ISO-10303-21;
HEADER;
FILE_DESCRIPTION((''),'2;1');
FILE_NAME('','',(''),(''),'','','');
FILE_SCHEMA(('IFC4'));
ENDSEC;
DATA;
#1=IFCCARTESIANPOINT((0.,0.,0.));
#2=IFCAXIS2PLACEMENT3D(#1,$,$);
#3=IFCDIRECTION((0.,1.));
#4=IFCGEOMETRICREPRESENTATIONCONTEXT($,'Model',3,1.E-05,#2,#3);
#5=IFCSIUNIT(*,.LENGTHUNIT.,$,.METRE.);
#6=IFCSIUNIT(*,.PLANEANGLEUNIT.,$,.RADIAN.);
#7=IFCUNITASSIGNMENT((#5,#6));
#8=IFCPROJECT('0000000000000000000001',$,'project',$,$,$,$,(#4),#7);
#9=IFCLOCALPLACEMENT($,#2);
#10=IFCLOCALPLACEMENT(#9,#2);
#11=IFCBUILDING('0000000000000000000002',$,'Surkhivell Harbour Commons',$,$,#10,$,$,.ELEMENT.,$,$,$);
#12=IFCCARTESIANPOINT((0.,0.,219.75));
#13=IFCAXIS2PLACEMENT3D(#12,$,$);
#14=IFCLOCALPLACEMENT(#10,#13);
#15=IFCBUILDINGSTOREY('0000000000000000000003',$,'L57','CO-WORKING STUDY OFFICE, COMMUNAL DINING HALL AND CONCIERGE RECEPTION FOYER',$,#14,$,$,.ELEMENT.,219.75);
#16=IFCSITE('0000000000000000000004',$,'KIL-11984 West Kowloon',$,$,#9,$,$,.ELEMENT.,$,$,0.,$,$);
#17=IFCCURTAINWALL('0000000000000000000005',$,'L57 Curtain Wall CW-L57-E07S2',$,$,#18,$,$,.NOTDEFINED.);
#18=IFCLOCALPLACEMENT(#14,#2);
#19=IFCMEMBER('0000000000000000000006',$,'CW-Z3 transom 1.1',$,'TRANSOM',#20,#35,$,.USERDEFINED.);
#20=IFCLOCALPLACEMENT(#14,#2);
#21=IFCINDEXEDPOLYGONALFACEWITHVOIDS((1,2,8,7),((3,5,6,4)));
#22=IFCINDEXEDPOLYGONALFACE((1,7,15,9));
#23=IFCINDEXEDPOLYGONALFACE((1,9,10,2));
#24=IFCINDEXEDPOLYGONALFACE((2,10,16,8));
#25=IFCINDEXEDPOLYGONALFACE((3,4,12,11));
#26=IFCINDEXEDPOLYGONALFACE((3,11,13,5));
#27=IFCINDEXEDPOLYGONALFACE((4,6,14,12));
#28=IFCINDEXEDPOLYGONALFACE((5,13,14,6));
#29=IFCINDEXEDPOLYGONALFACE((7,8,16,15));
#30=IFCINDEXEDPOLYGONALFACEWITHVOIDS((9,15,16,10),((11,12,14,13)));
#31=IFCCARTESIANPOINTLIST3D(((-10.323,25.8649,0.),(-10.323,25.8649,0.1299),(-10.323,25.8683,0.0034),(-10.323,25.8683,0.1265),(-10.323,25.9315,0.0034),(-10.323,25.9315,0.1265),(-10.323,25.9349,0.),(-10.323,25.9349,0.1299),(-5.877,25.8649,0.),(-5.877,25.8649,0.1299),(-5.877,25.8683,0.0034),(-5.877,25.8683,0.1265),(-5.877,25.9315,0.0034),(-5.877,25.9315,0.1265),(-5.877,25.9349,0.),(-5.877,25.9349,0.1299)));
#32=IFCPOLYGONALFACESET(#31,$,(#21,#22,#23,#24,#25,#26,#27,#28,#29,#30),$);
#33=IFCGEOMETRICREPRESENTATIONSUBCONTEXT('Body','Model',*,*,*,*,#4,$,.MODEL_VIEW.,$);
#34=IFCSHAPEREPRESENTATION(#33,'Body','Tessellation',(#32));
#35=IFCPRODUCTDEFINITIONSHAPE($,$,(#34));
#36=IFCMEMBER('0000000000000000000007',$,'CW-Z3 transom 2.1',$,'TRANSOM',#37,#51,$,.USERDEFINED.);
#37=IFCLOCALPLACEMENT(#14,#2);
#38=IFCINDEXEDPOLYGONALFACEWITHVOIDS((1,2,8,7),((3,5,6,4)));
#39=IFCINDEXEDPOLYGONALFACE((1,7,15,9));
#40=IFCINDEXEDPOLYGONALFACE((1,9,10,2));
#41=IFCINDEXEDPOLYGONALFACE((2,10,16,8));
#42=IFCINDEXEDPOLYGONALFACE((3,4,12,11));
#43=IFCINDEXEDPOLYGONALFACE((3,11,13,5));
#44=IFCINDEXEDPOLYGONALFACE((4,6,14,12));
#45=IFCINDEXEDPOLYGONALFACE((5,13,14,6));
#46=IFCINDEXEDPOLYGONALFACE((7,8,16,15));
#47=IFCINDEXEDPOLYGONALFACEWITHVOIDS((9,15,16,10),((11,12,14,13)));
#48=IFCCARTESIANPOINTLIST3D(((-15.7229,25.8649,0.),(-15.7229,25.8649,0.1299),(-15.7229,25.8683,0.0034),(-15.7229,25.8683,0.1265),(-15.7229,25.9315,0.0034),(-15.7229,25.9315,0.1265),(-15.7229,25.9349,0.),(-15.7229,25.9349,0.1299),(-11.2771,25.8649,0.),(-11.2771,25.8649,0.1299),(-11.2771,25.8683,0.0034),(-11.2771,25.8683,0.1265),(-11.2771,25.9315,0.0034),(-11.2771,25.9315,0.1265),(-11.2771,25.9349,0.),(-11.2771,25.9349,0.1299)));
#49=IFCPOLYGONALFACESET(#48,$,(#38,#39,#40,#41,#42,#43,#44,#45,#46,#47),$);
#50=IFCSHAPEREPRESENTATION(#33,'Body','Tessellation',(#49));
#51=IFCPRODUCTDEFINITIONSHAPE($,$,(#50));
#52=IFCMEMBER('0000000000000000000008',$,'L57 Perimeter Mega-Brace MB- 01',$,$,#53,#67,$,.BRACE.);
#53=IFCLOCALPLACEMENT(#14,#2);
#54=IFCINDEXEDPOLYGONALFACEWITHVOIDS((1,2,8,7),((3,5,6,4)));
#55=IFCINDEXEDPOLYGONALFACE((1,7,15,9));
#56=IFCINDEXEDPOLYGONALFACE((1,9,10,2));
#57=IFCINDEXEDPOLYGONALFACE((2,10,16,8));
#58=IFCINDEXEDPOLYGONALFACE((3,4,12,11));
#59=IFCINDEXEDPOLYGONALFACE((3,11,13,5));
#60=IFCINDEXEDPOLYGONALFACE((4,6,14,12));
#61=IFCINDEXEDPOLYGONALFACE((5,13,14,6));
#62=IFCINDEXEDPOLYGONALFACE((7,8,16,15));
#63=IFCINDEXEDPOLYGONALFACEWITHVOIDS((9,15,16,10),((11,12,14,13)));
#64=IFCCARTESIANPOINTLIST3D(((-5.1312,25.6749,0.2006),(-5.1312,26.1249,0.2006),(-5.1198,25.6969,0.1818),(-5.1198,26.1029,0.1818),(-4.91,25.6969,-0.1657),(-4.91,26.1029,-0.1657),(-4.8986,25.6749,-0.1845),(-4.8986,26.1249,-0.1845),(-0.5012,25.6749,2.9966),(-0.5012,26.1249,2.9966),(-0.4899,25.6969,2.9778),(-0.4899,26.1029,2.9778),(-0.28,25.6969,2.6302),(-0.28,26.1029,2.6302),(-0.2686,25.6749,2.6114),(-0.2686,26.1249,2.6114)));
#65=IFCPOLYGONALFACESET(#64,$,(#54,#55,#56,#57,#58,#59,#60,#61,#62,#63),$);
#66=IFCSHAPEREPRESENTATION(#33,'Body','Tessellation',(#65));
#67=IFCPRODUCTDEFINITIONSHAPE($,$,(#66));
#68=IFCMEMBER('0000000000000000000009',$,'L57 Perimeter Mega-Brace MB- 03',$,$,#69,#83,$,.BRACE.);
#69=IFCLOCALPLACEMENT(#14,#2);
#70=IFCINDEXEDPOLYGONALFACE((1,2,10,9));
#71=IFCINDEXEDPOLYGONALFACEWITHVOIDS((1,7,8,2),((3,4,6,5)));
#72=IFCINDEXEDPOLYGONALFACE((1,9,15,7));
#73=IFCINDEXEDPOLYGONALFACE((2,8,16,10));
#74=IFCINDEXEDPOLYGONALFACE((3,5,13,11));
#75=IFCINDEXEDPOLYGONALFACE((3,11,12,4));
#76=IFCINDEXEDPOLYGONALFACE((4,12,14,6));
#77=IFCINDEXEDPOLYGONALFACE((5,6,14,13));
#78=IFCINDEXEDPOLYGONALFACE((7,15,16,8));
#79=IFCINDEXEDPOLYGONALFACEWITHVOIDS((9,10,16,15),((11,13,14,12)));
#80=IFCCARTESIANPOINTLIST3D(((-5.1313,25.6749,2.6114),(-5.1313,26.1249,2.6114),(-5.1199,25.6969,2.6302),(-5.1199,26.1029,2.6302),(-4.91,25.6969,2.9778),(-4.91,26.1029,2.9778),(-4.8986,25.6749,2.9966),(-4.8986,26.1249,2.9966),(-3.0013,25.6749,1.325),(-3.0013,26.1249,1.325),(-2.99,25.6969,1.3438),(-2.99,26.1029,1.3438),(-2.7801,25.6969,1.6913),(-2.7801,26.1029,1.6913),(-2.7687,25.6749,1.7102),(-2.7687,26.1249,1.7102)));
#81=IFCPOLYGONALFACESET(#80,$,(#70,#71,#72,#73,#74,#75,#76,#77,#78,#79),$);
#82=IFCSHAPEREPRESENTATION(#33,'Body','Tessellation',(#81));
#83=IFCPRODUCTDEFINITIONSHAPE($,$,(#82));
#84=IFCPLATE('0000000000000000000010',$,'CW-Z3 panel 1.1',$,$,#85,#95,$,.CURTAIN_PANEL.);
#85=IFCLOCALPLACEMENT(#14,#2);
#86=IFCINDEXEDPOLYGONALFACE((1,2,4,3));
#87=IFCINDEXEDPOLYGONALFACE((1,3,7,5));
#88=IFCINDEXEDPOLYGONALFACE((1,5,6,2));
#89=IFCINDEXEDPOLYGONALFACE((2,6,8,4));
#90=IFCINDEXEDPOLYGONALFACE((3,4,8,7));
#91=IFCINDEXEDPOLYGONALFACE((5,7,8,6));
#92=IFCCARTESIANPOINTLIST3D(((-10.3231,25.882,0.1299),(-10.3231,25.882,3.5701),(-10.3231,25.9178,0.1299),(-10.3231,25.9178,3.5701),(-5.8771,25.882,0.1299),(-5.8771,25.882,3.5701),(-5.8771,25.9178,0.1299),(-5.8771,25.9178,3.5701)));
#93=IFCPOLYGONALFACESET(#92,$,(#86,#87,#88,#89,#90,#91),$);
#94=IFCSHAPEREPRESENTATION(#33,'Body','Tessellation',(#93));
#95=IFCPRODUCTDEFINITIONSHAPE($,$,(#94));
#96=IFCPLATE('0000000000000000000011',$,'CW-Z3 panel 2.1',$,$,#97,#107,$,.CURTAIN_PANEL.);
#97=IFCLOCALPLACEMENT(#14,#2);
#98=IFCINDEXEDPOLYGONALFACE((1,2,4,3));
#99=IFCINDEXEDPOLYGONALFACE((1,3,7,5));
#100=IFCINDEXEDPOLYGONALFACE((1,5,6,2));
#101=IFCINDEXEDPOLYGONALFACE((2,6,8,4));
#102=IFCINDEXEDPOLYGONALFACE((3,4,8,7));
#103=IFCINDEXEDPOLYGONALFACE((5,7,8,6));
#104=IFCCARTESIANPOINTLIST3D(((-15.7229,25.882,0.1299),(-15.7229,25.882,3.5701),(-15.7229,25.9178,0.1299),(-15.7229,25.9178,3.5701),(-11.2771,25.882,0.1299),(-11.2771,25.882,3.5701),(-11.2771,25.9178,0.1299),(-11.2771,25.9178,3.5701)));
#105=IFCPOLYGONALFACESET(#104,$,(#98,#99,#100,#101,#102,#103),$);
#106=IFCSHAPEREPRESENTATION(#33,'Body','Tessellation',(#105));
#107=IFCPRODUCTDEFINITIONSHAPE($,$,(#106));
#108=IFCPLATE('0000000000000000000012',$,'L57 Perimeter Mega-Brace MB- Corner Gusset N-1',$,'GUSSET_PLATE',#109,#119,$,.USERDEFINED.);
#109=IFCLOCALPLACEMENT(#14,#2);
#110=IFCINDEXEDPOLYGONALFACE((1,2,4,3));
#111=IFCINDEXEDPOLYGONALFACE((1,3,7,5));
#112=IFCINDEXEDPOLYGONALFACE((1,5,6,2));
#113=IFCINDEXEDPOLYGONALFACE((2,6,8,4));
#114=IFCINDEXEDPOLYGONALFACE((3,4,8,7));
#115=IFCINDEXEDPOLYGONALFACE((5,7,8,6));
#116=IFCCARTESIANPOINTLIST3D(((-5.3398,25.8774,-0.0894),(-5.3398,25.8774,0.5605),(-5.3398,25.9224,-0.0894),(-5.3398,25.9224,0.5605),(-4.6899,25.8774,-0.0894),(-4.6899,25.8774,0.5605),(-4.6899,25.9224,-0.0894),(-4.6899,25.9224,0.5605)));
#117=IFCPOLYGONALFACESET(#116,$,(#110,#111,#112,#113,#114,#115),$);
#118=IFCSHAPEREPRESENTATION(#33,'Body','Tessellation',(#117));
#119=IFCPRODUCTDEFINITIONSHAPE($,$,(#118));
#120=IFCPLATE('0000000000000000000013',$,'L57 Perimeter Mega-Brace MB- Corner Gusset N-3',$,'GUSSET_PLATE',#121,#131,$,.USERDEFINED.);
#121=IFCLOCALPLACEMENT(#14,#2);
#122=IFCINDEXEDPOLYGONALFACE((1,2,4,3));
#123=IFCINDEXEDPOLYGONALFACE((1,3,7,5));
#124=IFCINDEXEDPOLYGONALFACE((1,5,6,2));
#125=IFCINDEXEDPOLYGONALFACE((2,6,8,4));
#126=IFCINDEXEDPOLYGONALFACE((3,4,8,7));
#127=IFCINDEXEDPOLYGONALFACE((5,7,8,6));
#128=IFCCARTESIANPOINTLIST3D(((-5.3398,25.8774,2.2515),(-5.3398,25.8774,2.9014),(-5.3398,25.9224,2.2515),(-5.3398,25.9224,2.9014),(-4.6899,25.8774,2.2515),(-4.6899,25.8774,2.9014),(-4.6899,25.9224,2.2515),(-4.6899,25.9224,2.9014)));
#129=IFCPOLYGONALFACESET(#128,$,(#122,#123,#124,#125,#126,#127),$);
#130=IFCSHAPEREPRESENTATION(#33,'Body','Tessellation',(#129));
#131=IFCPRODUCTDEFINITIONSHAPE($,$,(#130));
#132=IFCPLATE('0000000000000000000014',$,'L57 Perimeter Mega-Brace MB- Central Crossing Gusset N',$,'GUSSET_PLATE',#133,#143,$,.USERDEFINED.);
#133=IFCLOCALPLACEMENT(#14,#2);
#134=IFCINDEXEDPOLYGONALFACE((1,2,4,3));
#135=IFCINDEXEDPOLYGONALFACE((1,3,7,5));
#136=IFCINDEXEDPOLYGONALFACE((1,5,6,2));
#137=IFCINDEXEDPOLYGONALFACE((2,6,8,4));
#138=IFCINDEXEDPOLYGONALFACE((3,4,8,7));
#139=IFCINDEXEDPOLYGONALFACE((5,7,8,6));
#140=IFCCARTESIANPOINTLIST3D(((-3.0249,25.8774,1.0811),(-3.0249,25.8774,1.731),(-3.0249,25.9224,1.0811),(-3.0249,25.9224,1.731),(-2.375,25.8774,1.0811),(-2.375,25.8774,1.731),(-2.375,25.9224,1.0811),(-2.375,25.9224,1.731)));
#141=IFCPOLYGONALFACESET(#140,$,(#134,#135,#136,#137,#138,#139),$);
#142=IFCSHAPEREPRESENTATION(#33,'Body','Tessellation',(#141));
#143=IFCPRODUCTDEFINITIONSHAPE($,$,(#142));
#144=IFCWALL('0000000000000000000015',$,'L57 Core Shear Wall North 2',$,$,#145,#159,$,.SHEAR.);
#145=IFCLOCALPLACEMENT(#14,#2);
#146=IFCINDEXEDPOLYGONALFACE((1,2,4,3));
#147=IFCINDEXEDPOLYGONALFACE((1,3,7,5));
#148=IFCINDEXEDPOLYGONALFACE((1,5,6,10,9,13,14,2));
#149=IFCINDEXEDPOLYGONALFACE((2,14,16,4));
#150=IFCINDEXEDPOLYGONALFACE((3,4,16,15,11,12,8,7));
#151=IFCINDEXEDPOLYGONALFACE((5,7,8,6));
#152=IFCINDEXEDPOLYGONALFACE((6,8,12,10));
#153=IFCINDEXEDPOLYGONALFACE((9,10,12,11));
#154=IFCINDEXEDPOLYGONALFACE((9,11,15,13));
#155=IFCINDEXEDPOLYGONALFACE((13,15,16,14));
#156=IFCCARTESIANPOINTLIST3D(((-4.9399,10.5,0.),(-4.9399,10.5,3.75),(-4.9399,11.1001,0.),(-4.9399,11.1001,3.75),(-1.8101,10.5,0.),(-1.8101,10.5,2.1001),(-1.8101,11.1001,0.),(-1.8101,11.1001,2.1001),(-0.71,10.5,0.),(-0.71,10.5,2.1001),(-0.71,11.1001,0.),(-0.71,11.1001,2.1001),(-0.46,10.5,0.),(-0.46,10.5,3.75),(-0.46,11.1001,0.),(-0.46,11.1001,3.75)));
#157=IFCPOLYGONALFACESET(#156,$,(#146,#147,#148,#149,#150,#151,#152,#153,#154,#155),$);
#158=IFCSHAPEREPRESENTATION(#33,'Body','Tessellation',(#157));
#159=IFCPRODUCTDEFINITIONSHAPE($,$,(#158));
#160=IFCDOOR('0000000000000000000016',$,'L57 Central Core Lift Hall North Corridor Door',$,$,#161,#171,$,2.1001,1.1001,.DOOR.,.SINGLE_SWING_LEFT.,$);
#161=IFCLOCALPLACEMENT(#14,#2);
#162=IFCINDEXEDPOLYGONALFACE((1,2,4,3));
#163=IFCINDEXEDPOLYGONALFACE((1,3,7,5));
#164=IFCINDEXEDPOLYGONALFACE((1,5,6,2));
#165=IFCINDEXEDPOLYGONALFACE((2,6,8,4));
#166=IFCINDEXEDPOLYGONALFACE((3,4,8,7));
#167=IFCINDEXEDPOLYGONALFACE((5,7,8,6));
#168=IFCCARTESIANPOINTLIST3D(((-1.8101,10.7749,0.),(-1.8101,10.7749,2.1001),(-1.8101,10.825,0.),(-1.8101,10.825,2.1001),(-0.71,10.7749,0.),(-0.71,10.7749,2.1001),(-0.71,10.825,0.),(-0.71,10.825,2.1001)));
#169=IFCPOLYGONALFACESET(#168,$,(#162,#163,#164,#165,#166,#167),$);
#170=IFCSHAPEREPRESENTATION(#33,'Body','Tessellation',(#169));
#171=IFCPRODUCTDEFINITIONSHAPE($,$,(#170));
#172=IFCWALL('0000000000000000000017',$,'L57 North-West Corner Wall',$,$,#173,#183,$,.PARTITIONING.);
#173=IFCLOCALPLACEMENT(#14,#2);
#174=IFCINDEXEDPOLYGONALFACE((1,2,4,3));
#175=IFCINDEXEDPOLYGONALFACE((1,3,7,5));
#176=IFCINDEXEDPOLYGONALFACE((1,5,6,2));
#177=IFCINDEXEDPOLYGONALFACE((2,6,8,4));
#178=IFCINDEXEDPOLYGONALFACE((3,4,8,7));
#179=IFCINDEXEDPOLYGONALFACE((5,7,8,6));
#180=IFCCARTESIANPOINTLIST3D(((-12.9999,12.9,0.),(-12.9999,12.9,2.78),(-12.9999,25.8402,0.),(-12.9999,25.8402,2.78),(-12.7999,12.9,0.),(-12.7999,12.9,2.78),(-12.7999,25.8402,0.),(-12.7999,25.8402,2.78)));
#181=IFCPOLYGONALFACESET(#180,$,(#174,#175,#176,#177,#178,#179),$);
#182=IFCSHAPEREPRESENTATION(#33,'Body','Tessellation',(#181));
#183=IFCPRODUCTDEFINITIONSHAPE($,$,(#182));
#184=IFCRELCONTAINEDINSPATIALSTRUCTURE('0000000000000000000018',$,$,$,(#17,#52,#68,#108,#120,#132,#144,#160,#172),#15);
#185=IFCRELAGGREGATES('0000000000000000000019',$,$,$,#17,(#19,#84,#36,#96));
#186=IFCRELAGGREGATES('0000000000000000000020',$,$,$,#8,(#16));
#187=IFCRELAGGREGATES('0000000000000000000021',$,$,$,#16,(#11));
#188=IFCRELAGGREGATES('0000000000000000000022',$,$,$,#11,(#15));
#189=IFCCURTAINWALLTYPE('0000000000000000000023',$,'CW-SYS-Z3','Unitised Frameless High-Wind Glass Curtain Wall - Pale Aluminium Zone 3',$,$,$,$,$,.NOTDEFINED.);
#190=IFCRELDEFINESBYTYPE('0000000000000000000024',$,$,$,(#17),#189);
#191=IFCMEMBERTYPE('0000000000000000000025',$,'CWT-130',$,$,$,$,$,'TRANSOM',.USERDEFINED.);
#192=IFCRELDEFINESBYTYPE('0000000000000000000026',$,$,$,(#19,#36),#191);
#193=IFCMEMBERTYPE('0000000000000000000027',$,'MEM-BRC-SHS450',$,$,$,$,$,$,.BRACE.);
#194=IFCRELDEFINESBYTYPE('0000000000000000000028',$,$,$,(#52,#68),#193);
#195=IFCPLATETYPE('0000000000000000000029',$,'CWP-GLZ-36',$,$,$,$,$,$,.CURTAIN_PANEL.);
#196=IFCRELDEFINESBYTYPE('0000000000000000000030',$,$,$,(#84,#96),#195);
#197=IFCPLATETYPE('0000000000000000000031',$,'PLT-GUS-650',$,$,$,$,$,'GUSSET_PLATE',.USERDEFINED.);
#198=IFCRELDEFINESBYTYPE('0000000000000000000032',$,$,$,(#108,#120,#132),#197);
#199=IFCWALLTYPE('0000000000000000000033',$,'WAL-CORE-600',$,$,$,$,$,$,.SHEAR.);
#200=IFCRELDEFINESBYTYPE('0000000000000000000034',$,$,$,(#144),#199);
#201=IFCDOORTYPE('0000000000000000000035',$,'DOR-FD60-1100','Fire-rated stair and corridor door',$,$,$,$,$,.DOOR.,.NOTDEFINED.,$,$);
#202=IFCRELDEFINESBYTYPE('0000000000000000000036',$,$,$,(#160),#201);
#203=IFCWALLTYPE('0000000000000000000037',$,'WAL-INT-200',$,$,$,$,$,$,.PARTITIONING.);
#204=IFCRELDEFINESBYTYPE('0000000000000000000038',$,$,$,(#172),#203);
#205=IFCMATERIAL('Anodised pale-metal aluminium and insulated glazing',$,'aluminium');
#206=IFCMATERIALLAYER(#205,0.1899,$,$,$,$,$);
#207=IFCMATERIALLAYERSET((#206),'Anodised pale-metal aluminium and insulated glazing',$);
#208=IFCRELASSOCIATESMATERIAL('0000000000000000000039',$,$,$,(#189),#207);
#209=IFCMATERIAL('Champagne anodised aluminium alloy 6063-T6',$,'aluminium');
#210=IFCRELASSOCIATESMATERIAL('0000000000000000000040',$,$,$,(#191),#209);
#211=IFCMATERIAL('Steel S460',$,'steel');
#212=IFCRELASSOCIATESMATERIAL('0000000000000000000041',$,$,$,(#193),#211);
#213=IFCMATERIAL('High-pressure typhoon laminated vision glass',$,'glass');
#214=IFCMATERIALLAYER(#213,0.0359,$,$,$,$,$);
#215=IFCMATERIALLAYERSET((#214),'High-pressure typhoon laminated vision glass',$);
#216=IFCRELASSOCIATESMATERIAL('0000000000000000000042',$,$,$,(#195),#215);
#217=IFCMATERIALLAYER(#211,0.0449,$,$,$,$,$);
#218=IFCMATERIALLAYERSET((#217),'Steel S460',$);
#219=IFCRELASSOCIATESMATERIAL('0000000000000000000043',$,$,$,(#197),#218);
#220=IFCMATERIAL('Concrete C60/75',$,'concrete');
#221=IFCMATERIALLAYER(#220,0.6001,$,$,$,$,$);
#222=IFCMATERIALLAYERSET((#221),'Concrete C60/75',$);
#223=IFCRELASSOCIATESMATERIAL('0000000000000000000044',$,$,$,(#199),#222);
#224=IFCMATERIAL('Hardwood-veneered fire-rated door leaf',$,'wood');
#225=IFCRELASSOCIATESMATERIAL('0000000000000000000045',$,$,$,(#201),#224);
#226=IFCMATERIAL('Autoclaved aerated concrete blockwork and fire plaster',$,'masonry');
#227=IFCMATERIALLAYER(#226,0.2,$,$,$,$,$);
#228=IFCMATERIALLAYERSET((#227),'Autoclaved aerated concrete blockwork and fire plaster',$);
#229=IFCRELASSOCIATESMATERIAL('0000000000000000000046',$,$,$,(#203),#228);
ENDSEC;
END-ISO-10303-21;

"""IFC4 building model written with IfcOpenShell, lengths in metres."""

from ifc_helpers import new_model, si_unit, direction, frame, frame_2d, origin, origin_2d, place, context, subcontext, project, spatial, rectangle, hollow_rectangle, extrude, material, layer, layer_set, material_profile, profile_set, type_object, element, fill, aggregate, save


model = new_model("IFC4")

# Units and contexts
model_context = context("Model", 3, precision=1e-05, world=origin(), true_north=direction((0.0, 1.0)))
body_context = subcontext(model_context, "Body", "Model", "MODEL_VIEW")
ifc_project = project(units=[si_unit("LENGTHUNIT", "METRE"), si_unit("PLANEANGLEUNIT", "RADIAN")], contexts=[model_context])

# Site, building, storey
site_placement = place(None, origin())
site = spatial("IfcSite", under=ifc_project, at=site_placement, Name="KIL-11984 West Kowloon", CompositionType="ELEMENT", RefElevation=0.0)
building_placement = place(site_placement, origin())
building = spatial("IfcBuilding", under=site, at=building_placement, Name="Surkhivell Harbour Commons", CompositionType="ELEMENT")
storey_placement = place(building_placement, frame((0.0, 0.0, 219.75)))
storey = spatial("IfcBuildingStorey", under=building, at=storey_placement, Name="L57", Description="CO-WORKING STUDY OFFICE, COMMUNAL DINING HALL AND CONCIERGE RECEPTION FOYER", CompositionType="ELEMENT", Elevation=219.75)

# Curtain wall, members
ifc_material_1 = material(Name="Anodised pale-metal aluminium and insulated glazing", Category="aluminium")
ifc_layer_1 = layer(ifc_material_1, 0.1899)
ifc_layer_set_1 = layer_set([ifc_layer_1], Name="Anodised pale-metal aluminium and insulated glazing")
curtain_wall_type = type_object("IfcCurtainWallType", Name="CW-SYS-Z3", Description="Unitised Frameless High-Wind Glass Curtain Wall - Pale Aluminium Zone 3", PredefinedType="NOTDEFINED", material=ifc_layer_set_1)
curtain_wall_placement = place(storey_placement, origin())
curtain_wall = element("IfcCurtainWall", 1, at=curtain_wall_placement, inside=storey, type_object=curtain_wall_type, Name="L57 Curtain Wall CW-L57-E07S2", PredefinedType="NOTDEFINED")
ifc_material_2 = material(Name="Champagne anodised aluminium alloy 6063-T6", Category="aluminium")
ifc_material_profile_1 = material_profile(ifc_material_2, hollow_rectangle(XDim=0.0701, YDim=0.1299, WallThickness=0.0034, at=origin_2d()), Name="ALU-TRAN-70x130")
ifc_profile_set_1 = profile_set([ifc_material_profile_1], Name="Champagne anodised aluminium alloy 6063-T6")
member_type_1 = type_object("IfcMemberType", Name="CWT-130", ElementType="TRANSOM", PredefinedType="USERDEFINED", material=ifc_profile_set_1)
member_1_placement = place(storey_placement, frame((-5.877, 25.8999, 0.0649), z_axis=(-1.0, 0.0, 0.0), x_axis=(0.0, -1.0, 0.0)))
member_1 = element("IfcMember", 2, at=member_1_placement, type_object=member_type_1, Name="CW-Z3 transom 1.1", ObjectType="TRANSOM", PredefinedType="USERDEFINED", context=body_context, shape_type="SweptSolid", body=[
    extrude(hollow_rectangle(XDim=0.0701, YDim=0.1299, WallThickness=0.0034, at=origin_2d()), origin(), (0.0, 0.0, 1.0), 4.446),
])
member_2_placement = place(storey_placement, frame((-11.2771, 25.8999, 0.0649), z_axis=(-1.0, 0.0, 0.0), x_axis=(0.0, -1.0, 0.0)))
member_2 = element("IfcMember", 3, at=member_2_placement, type_object=member_type_1, Name="CW-Z3 transom 2.1", ObjectType="TRANSOM", PredefinedType="USERDEFINED", context=body_context, shape_type="SweptSolid", body=[
    extrude(hollow_rectangle(XDim=0.0701, YDim=0.1299, WallThickness=0.0034, at=origin_2d()), origin(), (0.0, 0.0, 1.0), 4.4458),
])

# Members
ifc_material_3 = material(Name="Steel S460", Category="steel")
ifc_material_profile_2 = material_profile(ifc_material_3, hollow_rectangle(XDim=0.45, YDim=0.45, WallThickness=0.022, at=origin_2d()), Name="SHS450x450x22")
ifc_profile_set_2 = profile_set([ifc_material_profile_2], Name="Steel S460")
member_type_2 = type_object("IfcMemberType", Name="MEM-BRC-SHS450", PredefinedType="BRACE", material=ifc_profile_set_2)
member_3_placement = place(storey_placement, frame((-5.0149, 25.8999, 0.0081), z_axis=(0.856024, 0.0, 0.516937), x_axis=(0.0, 1.0, 0.0)))
element("IfcMember", 4, at=member_3_placement, inside=storey, type_object=member_type_2, Name="L57 Perimeter Mega-Brace MB- 01", PredefinedType="BRACE", context=body_context, shape_type="SweptSolid", body=[
    extrude(hollow_rectangle(XDim=0.45, YDim=0.45, WallThickness=0.022, at=origin_2d()), origin(), (0.0, 0.0, 1.0), 5.4087),
])
member_4_placement = place(storey_placement, frame((-2.885, 25.8999, 1.5176), z_axis=(-0.855992, 0.0, 0.51699), x_axis=(0.0, -1.0, 0.0)))
element("IfcMember", 5, at=member_4_placement, inside=storey, type_object=member_type_2, Name="L57 Perimeter Mega-Brace MB- 03", PredefinedType="BRACE", context=body_context, shape_type="SweptSolid", body=[
    extrude(hollow_rectangle(XDim=0.45, YDim=0.45, WallThickness=0.022, at=origin_2d()), origin(), (0.0, 0.0, 1.0), 2.4883),
])

# Plates
ifc_material_4 = material(Name="High-pressure typhoon laminated vision glass", Category="glass")
ifc_layer_2 = layer(ifc_material_4, 0.0359)
ifc_layer_set_2 = layer_set([ifc_layer_2], Name="High-pressure typhoon laminated vision glass")
plate_type_1 = type_object("IfcPlateType", Name="CWP-GLZ-36", PredefinedType="CURTAIN_PANEL", material=ifc_layer_set_2)
plate_1_placement = place(storey_placement, frame((-5.877, 25.8999, 0.1299), z_axis=(0.0, 0.0, 1.0), x_axis=(-1.0, 0.0, 0.0)))
plate_1 = element("IfcPlate", 6, at=plate_1_placement, type_object=plate_type_1, Name="CW-Z3 panel 1.1", PredefinedType="CURTAIN_PANEL", context=body_context, shape_type="SweptSolid", body=[
    extrude(rectangle(XDim=4.446, YDim=0.0359, at=frame_2d((2.2231, 0.0))), origin(), (0.0, 0.0, 1.0), 3.4402),
])
plate_2_placement = place(storey_placement, frame((-11.2771, 25.8999, 0.1299), z_axis=(0.0, 0.0, 1.0), x_axis=(-1.0, 0.0, 0.0)))
plate_2 = element("IfcPlate", 7, at=plate_2_placement, type_object=plate_type_1, Name="CW-Z3 panel 2.1", PredefinedType="CURTAIN_PANEL", context=body_context, shape_type="SweptSolid", body=[
    extrude(rectangle(XDim=4.4458, YDim=0.0359, at=frame_2d((2.2229, 0.0))), origin(), (0.0, 0.0, 1.0), 3.4402),
])
aggregate(curtain_wall, [member_1, plate_1, member_2, plate_2])

# Plates
ifc_layer_3 = layer(ifc_material_3, 0.0449)
ifc_layer_set_3 = layer_set([ifc_layer_3], Name="Steel S460")
plate_type_2 = type_object("IfcPlateType", Name="PLT-GUS-650", ElementType="GUSSET_PLATE", PredefinedType="USERDEFINED", material=ifc_layer_set_3)
for number, where, z_axis, x_axis, name in (
    (8, (-5.0149, 25.8999, -0.0894), (0.0, 0.0, 1.0), (1.0, 0.0, 0.0), "L57 Perimeter Mega-Brace MB- Corner Gusset N-1"),
    (9, (-5.0149, 25.8999, 2.2515), (0.0, 0.0, 1.0), (1.0, 0.0, 0.0), "L57 Perimeter Mega-Brace MB- Corner Gusset N-3"),
    (10, (-2.7, 25.8999, 1.0811), (0.0, 0.0, 1.0), (1.0, 0.0, 0.0), "L57 Perimeter Mega-Brace MB- Central Crossing Gusset N"),
):
    element("IfcPlate", number, at=place(storey_placement, frame(where, z_axis=z_axis, x_axis=x_axis)), inside=storey, type_object=plate_type_2, Name=name, ObjectType="GUSSET_PLATE", PredefinedType="USERDEFINED", context=body_context, shape_type="SweptSolid", body=[
        extrude(rectangle(XDim=0.6499, YDim=0.0449, at=origin_2d()), origin(), (0.0, 0.0, 1.0), 0.6499),
    ])

# Wall, opening, door
ifc_material_5 = material(Name="Concrete C60/75", Category="concrete")
ifc_layer_4 = layer(ifc_material_5, 0.6001)
ifc_layer_set_4 = layer_set([ifc_layer_4], Name="Concrete C60/75")
wall_type_1 = type_object("IfcWallType", Name="WAL-CORE-600", PredefinedType="SHEAR", material=ifc_layer_set_4)
wall_1_placement = place(storey_placement, frame((-4.9399, 10.8, 0.0), z_axis=(0.0, 0.0, 1.0), x_axis=(1.0, 0.0, 0.0)))
wall_1 = element("IfcWall", 11, at=wall_1_placement, inside=storey, type_object=wall_type_1, Name="L57 Core Shear Wall North 2", PredefinedType="SHEAR", context=body_context, shape_type="SweptSolid", body=[
    extrude(rectangle(XDim=4.48, YDim=0.6001, at=frame_2d((2.24, 0.0))), origin(), (0.0, 0.0, 1.0), 3.75),
])
opening_1_placement = place(wall_1_placement, frame((3.1299, 0.0, 0.0)))
opening_1 = element("IfcOpeningElement", 12, at=opening_1_placement, cuts=wall_1, PredefinedType="OPENING", context=body_context, shape_type="SweptSolid", body=[
    extrude(rectangle(XDim=1.1001, YDim=2.1001, at=frame_2d((0.55, 1.05))), frame((0.0, 0.3101, 0.0), z_axis=(0.0, -1.0, 0.0), x_axis=(1.0, 0.0, 0.0)), (0.0, 0.0, 1.0), 0.6201),
])
ifc_material_6 = material(Name="Hardwood-veneered fire-rated door leaf", Category="wood")
door_type_1 = type_object("IfcDoorType", Name="DOR-FD60-1100", Description="Fire-rated stair and corridor door", OperationType="NOTDEFINED", PredefinedType="DOOR", material=ifc_material_6)
door_1_placement = place(opening_1_placement, origin())
door_1 = element("IfcDoor", 13, at=door_1_placement, inside=storey, type_object=door_type_1, Name="L57 Central Core Lift Hall North Corridor Door", OperationType="SINGLE_SWING_LEFT", OverallHeight=2.1001, OverallWidth=1.1001, PredefinedType="DOOR", context=body_context, shape_type="SweptSolid", body=[
    extrude(rectangle(XDim=1.1001, YDim=2.1001, at=frame_2d((0.55, 1.05))), frame((0.0, 0.0249, 0.0), z_axis=(0.0, -1.0, 0.0), x_axis=(1.0, 0.0, 0.0)), (0.0, 0.0, 1.0), 0.05),
])
fill(opening_1, door_1)

# Wall
ifc_material_7 = material(Name="Autoclaved aerated concrete blockwork and fire plaster", Category="masonry")
ifc_layer_5 = layer(ifc_material_7, 0.2)
ifc_layer_set_5 = layer_set([ifc_layer_5], Name="Autoclaved aerated concrete blockwork and fire plaster")
wall_type_2 = type_object("IfcWallType", Name="WAL-INT-200", PredefinedType="PARTITIONING", material=ifc_layer_set_5)
wall_2_placement = place(storey_placement, frame((-12.8999, 12.8999, 0.0), z_axis=(0.0, 0.0, 1.0), x_axis=(0.0, 1.0, 0.0)))
element("IfcWall", 14, at=wall_2_placement, inside=storey, type_object=wall_type_2, Name="L57 North-West Corner Wall", PredefinedType="PARTITIONING", context=body_context, shape_type="SweptSolid", body=[
    extrude(rectangle(XDim=12.9402, YDim=0.2, at=frame_2d((6.4702, 0.0))), origin(), (0.0, 0.0, 1.0), 2.78),
])

save(model, "model.ifc")
